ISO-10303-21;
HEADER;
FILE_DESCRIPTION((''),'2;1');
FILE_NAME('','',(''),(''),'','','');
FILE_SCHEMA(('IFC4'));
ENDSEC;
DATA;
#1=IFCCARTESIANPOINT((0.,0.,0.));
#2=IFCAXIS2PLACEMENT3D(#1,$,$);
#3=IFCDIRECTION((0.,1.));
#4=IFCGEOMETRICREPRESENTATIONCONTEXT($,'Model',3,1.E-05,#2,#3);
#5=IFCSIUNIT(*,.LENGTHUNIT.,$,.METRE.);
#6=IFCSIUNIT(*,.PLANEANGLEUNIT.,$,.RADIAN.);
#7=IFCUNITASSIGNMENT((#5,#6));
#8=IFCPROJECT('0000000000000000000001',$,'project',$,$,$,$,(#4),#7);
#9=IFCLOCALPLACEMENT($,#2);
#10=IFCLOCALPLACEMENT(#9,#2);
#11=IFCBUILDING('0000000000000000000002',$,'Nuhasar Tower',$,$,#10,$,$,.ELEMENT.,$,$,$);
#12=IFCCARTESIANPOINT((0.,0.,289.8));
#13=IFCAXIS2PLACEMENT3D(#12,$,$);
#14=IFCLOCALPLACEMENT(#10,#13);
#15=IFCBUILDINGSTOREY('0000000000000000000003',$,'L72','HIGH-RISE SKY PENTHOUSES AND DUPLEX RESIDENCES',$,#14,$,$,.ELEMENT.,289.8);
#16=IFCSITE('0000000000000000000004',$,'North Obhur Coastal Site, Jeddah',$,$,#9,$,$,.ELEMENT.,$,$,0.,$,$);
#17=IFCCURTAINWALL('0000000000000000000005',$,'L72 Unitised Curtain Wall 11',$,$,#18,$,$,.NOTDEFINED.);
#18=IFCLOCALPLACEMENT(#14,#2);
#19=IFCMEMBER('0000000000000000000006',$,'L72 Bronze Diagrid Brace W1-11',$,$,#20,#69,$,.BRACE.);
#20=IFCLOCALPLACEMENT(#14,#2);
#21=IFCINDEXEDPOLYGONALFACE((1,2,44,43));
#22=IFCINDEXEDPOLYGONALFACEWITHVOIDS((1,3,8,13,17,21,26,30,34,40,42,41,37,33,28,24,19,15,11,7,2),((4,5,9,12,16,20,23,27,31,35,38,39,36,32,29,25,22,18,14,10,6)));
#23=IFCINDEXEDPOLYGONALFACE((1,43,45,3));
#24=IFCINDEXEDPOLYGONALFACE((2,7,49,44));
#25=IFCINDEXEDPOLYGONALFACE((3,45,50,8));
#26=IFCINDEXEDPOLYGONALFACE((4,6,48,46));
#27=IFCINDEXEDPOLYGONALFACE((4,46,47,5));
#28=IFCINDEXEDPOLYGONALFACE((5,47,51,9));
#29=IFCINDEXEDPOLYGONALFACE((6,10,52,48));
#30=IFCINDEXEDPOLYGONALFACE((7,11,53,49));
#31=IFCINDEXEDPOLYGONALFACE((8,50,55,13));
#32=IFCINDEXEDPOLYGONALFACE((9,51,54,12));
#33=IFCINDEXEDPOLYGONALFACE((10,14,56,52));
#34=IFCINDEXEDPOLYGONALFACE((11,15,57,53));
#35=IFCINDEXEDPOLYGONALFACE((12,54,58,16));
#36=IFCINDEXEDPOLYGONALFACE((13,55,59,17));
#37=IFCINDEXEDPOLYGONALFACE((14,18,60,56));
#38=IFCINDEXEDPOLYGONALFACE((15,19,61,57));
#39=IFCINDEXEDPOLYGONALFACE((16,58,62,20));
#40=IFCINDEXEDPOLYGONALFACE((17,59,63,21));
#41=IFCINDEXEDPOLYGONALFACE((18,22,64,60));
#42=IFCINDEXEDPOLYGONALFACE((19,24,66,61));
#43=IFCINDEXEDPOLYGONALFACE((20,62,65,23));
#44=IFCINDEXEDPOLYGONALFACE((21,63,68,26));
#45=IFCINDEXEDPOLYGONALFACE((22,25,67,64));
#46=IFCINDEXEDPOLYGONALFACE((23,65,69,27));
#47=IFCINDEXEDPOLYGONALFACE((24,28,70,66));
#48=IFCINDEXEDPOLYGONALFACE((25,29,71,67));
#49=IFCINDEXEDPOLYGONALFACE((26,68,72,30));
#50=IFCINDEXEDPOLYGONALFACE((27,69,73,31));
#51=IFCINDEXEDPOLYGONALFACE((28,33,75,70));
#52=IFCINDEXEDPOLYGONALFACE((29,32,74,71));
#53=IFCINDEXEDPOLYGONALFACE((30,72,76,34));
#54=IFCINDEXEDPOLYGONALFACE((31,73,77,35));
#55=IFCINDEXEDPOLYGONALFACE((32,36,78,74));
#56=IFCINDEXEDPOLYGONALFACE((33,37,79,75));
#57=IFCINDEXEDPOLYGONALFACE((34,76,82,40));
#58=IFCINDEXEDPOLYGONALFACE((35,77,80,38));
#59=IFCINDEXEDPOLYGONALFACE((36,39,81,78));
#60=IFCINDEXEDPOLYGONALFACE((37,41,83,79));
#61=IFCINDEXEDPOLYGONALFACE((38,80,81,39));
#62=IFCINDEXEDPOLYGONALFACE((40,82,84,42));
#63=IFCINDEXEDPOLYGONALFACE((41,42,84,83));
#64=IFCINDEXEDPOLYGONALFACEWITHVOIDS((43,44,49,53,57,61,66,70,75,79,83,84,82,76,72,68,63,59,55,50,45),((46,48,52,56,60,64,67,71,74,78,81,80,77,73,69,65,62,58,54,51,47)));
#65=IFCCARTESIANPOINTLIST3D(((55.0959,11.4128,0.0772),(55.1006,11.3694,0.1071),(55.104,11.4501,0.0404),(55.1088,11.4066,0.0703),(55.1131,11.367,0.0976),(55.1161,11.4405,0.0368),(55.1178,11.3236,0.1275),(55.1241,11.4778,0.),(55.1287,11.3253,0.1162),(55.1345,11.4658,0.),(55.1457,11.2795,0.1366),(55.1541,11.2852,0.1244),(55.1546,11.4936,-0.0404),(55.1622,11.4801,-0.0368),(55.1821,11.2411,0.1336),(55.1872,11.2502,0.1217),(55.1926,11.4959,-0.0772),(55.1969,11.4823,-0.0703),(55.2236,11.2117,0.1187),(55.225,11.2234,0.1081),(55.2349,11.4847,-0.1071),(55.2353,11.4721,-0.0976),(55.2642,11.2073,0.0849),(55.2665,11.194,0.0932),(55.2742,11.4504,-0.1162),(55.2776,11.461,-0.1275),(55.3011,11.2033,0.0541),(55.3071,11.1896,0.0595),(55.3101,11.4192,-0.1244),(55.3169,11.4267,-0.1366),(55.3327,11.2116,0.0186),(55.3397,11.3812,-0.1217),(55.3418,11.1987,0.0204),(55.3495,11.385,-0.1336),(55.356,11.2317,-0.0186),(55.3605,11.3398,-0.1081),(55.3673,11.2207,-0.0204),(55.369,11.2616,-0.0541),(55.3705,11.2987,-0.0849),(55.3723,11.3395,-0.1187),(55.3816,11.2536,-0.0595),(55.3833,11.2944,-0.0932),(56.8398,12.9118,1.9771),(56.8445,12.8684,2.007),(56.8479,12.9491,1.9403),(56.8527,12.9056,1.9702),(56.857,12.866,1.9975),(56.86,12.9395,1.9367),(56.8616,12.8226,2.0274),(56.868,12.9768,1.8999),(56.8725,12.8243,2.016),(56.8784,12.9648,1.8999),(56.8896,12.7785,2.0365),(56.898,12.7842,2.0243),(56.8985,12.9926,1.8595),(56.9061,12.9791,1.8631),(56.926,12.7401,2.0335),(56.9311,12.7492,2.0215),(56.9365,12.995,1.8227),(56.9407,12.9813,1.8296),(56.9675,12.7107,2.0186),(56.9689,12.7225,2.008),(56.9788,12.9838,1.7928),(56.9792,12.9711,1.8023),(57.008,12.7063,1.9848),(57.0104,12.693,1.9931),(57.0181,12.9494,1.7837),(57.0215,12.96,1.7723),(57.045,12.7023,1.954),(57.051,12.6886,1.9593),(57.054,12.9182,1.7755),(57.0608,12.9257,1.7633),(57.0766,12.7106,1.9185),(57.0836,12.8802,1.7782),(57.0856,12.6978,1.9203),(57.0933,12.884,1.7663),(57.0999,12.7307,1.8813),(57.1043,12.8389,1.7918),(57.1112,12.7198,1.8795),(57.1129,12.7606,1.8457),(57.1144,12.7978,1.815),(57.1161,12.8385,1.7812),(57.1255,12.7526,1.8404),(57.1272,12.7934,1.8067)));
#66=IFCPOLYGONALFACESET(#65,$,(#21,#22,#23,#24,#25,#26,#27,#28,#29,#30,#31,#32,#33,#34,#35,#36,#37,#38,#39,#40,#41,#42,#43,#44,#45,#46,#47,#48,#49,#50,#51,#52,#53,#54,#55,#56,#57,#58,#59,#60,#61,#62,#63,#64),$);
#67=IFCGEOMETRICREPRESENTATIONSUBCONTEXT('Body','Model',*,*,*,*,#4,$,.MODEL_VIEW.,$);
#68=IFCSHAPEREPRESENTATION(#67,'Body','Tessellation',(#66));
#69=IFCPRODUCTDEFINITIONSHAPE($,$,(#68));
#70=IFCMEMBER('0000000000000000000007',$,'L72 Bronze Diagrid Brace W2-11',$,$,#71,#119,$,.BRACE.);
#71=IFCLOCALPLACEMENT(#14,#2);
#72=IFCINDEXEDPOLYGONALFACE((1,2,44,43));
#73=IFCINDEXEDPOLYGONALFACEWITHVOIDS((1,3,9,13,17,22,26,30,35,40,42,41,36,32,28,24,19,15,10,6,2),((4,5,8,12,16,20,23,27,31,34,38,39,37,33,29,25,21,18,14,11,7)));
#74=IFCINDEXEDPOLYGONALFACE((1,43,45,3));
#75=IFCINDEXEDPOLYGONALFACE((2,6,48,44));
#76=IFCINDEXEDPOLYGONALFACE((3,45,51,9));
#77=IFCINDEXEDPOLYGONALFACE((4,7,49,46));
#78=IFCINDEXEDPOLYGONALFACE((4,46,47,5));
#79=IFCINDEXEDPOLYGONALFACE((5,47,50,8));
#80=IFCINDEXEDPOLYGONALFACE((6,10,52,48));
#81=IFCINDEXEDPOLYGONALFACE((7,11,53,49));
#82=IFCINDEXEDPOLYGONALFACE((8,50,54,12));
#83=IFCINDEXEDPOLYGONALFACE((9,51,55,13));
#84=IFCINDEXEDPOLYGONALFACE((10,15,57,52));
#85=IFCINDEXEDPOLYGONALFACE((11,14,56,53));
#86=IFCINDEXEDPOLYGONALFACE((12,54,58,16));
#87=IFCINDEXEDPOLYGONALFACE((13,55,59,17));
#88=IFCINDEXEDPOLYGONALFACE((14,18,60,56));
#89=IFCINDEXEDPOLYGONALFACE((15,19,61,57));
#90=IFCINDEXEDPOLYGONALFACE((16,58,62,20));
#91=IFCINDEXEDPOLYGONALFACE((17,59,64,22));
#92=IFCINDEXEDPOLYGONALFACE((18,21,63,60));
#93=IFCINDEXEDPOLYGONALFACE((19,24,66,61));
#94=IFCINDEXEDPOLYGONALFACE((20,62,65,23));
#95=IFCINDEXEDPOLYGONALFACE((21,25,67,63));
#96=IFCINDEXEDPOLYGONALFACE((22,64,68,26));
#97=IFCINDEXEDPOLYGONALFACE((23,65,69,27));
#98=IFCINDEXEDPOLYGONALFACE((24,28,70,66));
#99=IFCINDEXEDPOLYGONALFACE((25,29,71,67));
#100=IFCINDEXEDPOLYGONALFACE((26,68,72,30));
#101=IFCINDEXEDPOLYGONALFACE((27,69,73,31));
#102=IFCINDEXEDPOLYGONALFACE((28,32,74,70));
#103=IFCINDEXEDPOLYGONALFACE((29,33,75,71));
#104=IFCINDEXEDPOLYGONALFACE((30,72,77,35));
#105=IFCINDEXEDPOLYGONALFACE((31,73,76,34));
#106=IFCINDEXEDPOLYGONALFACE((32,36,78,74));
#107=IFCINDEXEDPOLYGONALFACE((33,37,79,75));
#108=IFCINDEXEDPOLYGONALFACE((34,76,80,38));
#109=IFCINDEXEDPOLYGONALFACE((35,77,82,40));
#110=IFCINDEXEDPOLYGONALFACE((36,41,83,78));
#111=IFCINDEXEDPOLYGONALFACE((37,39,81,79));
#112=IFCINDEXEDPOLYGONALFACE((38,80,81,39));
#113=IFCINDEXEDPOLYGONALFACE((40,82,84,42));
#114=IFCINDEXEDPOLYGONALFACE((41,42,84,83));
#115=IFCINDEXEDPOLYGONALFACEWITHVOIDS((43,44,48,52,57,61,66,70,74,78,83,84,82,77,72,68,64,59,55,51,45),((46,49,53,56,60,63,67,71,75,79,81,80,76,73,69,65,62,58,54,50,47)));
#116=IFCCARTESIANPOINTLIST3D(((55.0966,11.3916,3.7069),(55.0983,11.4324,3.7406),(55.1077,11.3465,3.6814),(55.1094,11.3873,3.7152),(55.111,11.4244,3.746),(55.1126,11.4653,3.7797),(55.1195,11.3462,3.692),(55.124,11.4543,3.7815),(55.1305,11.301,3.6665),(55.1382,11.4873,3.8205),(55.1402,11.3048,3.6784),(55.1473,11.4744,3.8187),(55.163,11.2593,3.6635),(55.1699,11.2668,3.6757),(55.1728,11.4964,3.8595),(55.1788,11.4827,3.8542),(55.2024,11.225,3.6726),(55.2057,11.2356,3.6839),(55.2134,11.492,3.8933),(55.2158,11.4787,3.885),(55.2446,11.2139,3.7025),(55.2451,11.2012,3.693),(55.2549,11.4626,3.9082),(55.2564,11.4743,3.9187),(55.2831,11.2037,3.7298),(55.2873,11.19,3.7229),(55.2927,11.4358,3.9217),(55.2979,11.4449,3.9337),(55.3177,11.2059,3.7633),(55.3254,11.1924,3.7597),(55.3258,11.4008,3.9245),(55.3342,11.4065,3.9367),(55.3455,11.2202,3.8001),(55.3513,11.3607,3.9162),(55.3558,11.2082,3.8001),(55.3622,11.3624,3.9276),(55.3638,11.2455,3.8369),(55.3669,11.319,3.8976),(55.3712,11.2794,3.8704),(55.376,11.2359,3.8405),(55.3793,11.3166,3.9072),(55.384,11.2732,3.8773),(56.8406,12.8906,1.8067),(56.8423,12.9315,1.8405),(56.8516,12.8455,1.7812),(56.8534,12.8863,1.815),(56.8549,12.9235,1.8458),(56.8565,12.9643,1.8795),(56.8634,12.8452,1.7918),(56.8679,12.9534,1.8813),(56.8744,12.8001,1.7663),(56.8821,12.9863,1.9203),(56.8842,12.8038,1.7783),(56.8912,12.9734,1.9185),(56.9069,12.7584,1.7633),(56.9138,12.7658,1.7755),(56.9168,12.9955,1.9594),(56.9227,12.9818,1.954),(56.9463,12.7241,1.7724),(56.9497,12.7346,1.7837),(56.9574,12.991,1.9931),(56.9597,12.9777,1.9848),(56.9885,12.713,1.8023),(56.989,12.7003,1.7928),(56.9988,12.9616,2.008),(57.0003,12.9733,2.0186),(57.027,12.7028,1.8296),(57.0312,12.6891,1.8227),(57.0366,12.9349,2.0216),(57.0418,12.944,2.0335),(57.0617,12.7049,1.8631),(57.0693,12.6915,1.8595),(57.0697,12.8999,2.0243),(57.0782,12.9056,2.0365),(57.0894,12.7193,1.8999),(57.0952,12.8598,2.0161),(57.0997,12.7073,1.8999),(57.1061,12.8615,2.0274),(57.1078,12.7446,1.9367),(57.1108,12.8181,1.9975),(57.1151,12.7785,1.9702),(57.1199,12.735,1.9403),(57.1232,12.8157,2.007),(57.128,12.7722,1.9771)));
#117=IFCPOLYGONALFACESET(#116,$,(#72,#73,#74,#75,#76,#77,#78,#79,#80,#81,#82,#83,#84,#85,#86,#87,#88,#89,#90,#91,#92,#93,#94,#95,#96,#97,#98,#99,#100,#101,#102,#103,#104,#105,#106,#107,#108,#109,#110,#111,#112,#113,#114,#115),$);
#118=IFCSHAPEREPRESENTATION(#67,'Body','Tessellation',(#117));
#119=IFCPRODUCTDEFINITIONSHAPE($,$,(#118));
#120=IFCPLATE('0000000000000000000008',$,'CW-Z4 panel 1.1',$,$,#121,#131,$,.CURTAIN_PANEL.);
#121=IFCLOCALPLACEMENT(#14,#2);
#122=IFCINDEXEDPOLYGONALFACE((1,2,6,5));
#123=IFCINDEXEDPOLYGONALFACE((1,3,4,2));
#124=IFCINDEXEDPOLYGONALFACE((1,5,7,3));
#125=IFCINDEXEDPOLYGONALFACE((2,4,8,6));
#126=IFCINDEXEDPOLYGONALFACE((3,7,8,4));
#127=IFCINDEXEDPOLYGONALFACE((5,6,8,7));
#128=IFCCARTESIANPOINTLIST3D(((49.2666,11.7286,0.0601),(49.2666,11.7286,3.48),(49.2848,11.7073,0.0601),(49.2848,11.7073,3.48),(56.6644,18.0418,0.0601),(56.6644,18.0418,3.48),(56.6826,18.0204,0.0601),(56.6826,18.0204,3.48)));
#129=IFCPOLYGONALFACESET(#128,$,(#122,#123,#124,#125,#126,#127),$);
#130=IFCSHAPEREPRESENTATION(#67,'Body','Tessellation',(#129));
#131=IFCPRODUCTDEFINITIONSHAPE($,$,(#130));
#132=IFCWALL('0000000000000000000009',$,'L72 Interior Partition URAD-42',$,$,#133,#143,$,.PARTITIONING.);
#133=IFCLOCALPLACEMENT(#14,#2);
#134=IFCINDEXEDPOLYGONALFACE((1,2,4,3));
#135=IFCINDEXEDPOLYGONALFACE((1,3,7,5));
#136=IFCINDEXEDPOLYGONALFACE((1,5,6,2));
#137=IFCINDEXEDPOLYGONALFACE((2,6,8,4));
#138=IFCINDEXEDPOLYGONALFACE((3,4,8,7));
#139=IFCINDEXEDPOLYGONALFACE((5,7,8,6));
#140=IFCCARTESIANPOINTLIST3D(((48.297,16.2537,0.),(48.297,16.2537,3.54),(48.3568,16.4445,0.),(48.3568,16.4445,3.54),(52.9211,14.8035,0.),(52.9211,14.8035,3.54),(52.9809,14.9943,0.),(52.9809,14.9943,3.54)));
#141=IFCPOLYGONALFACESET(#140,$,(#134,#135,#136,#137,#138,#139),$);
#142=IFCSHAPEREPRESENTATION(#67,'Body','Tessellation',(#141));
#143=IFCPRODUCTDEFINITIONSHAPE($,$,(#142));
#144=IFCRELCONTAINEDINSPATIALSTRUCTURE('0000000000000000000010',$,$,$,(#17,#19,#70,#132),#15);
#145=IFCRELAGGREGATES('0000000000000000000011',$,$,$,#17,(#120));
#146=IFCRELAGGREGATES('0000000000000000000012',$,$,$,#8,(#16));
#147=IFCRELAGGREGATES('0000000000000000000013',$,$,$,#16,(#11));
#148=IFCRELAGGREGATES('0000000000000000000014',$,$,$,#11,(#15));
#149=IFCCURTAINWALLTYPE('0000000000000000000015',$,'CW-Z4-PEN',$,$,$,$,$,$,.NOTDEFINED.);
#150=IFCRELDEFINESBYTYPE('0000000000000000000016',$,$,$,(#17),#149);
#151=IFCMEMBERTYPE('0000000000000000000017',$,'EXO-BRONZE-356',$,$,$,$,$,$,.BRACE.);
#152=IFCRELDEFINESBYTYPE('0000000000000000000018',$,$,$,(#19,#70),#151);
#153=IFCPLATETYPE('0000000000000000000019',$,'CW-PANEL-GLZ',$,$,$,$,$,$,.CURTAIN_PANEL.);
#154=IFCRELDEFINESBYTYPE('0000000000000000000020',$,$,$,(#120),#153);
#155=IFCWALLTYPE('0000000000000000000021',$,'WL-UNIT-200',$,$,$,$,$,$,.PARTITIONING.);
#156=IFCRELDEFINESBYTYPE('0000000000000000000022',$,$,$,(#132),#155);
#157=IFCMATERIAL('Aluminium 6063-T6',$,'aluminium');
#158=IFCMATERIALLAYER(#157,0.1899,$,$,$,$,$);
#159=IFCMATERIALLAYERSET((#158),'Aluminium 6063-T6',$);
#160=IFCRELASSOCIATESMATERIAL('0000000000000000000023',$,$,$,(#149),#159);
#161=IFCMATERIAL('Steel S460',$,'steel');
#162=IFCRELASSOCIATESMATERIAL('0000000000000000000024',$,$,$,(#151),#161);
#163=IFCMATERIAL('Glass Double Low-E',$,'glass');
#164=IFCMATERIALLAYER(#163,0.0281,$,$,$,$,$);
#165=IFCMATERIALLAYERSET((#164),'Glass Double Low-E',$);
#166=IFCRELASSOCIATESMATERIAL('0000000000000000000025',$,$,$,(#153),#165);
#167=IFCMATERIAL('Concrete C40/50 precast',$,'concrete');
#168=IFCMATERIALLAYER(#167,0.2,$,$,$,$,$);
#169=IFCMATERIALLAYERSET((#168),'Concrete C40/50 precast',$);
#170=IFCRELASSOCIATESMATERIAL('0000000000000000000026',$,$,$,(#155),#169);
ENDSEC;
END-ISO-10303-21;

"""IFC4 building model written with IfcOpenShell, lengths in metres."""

from ifc_helpers import new_model, si_unit, direction, frame, frame_2d, origin, origin_2d, place, context, subcontext, project, spatial, rectangle, hollow_circle, extrude, material, layer, layer_set, material_profile, profile_set, type_object, element, aggregate, save


model = new_model("IFC4")

# Units and contexts
model_context = context("Model", 3, precision=1e-05, world=origin(), true_north=direction((0.0, 1.0)))
body_context = subcontext(model_context, "Body", "Model", "MODEL_VIEW")
ifc_project = project(units=[si_unit("LENGTHUNIT", "METRE"), si_unit("PLANEANGLEUNIT", "RADIAN")], contexts=[model_context])

# Site, building, storey
site_placement = place(None, origin())
site = spatial("IfcSite", under=ifc_project, at=site_placement, Name="North Obhur Coastal Site, Jeddah", CompositionType="ELEMENT", RefElevation=0.0)
building_placement = place(site_placement, origin())
building = spatial("IfcBuilding", under=site, at=building_placement, Name="Nuhasar Tower", CompositionType="ELEMENT")
storey_placement = place(building_placement, frame((0.0, 0.0, 289.8)))
storey = spatial("IfcBuildingStorey", under=building, at=storey_placement, Name="L72", Description="HIGH-RISE SKY PENTHOUSES AND DUPLEX RESIDENCES", CompositionType="ELEMENT", Elevation=289.8)

# Shared definitions
ifc_material_1 = material(Name="Aluminium 6063-T6", Category="aluminium")
ifc_layer_1 = layer(ifc_material_1, 0.1899)
ifc_layer_set_1 = layer_set([ifc_layer_1], Name="Aluminium 6063-T6")
curtain_wall_type = type_object("IfcCurtainWallType", Name="CW-Z4-PEN", PredefinedType="NOTDEFINED", material=ifc_layer_set_1)

# Curtain wall
curtain_wall_1_placement = place(storey_placement, origin())
curtain_wall_1 = element("IfcCurtainWall", 1, at=curtain_wall_1_placement, inside=storey, type_object=curtain_wall_type, Name="L72 Unitised Curtain Wall 11", PredefinedType="NOTDEFINED")

# Members
ifc_material_2 = material(Name="Steel S460", Category="steel")
ifc_material_profile_1 = material_profile(ifc_material_2, hollow_circle(Radius=0.1777, WallThickness=0.0159, at=origin_2d()), Name="HSS355.6X15.9")
ifc_profile_set_1 = profile_set([ifc_material_profile_1], Name="Steel S460")
member_type_1 = type_object("IfcMemberType", Name="EXO-BRONZE-356", PredefinedType="BRACE", material=ifc_profile_set_1)
member_1_placement = place(storey_placement, frame((55.24, 11.343, 0.0), z_axis=(0.584625, 0.502534, 0.636925), x_axis=(-0.651857, 0.758342, 0.0)))
element("IfcMember", 2, at=member_1_placement, inside=storey, type_object=member_type_1, Name="L72 Bronze Diagrid Brace W1-11", PredefinedType="BRACE", context=body_context, shape_type="SweptSolid", body=[
    extrude(hollow_circle(Radius=0.1777, WallThickness=0.0159, at=origin_2d()), origin(), (0.0, 0.0, 1.0), 2.9829),
])
member_2_placement = place(storey_placement, frame((56.9839, 12.842, 1.8999), z_axis=(-0.584595, -0.502508, 0.636973), x_axis=(0.651857, -0.758342, 0.0)))
element("IfcMember", 3, at=member_2_placement, inside=storey, type_object=member_type_1, Name="L72 Bronze Diagrid Brace W2-11", PredefinedType="BRACE", context=body_context, shape_type="SweptSolid", body=[
    extrude(hollow_circle(Radius=0.1777, WallThickness=0.0159, at=origin_2d()), origin(), (0.0, 0.0, 1.0), 2.9832),
])

# Plate
ifc_material_3 = material(Name="Glass Double Low-E", Category="glass")
ifc_layer_2 = layer(ifc_material_3, 0.0281)
ifc_layer_set_2 = layer_set([ifc_layer_2], Name="Glass Double Low-E")
plate_type = type_object("IfcPlateType", Name="CW-PANEL-GLZ", PredefinedType="CURTAIN_PANEL", material=ifc_layer_set_2)
plate_placement = place(storey_placement, frame((52.9746, 14.8745, 0.0601), z_axis=(0.0, 0.0, 1.0), x_axis=(0.760667, 0.649142, 0.0)))
plate = element("IfcPlate", 4, at=plate_placement, type_object=plate_type, Name="CW-Z4 panel 1.1", PredefinedType="CURTAIN_PANEL", context=body_context, shape_type="SweptSolid", body=[
    extrude(rectangle(XDim=9.7253, YDim=0.0281, at=origin_2d()), origin(), (0.0, 0.0, 1.0), 3.4199),
])
aggregate(curtain_wall_1, [plate])

# Wall
ifc_material_4 = material(Name="Concrete C40/50 precast", Category="concrete")
ifc_layer_3 = layer(ifc_material_4, 0.2)
ifc_layer_set_3 = layer_set([ifc_layer_3], Name="Concrete C40/50 precast")
wall_type = type_object("IfcWallType", Name="WL-UNIT-200", PredefinedType="PARTITIONING", material=ifc_layer_set_3)
wall_placement = place(storey_placement, frame((48.3269, 16.3491, 0.0), z_axis=(0.0, 0.0, 1.0), x_axis=(0.954175, -0.29925, 0.0)))
element("IfcWall", 5, at=wall_placement, inside=storey, type_object=wall_type, Name="L72 Interior Partition URAD-42", PredefinedType="PARTITIONING", context=body_context, shape_type="SweptSolid", body=[
    extrude(rectangle(XDim=4.8462, YDim=0.2, at=frame_2d((2.4231, 0.0))), origin(), (0.0, 0.0, 1.0), 3.54),
])

save(model, "model.ifc")
